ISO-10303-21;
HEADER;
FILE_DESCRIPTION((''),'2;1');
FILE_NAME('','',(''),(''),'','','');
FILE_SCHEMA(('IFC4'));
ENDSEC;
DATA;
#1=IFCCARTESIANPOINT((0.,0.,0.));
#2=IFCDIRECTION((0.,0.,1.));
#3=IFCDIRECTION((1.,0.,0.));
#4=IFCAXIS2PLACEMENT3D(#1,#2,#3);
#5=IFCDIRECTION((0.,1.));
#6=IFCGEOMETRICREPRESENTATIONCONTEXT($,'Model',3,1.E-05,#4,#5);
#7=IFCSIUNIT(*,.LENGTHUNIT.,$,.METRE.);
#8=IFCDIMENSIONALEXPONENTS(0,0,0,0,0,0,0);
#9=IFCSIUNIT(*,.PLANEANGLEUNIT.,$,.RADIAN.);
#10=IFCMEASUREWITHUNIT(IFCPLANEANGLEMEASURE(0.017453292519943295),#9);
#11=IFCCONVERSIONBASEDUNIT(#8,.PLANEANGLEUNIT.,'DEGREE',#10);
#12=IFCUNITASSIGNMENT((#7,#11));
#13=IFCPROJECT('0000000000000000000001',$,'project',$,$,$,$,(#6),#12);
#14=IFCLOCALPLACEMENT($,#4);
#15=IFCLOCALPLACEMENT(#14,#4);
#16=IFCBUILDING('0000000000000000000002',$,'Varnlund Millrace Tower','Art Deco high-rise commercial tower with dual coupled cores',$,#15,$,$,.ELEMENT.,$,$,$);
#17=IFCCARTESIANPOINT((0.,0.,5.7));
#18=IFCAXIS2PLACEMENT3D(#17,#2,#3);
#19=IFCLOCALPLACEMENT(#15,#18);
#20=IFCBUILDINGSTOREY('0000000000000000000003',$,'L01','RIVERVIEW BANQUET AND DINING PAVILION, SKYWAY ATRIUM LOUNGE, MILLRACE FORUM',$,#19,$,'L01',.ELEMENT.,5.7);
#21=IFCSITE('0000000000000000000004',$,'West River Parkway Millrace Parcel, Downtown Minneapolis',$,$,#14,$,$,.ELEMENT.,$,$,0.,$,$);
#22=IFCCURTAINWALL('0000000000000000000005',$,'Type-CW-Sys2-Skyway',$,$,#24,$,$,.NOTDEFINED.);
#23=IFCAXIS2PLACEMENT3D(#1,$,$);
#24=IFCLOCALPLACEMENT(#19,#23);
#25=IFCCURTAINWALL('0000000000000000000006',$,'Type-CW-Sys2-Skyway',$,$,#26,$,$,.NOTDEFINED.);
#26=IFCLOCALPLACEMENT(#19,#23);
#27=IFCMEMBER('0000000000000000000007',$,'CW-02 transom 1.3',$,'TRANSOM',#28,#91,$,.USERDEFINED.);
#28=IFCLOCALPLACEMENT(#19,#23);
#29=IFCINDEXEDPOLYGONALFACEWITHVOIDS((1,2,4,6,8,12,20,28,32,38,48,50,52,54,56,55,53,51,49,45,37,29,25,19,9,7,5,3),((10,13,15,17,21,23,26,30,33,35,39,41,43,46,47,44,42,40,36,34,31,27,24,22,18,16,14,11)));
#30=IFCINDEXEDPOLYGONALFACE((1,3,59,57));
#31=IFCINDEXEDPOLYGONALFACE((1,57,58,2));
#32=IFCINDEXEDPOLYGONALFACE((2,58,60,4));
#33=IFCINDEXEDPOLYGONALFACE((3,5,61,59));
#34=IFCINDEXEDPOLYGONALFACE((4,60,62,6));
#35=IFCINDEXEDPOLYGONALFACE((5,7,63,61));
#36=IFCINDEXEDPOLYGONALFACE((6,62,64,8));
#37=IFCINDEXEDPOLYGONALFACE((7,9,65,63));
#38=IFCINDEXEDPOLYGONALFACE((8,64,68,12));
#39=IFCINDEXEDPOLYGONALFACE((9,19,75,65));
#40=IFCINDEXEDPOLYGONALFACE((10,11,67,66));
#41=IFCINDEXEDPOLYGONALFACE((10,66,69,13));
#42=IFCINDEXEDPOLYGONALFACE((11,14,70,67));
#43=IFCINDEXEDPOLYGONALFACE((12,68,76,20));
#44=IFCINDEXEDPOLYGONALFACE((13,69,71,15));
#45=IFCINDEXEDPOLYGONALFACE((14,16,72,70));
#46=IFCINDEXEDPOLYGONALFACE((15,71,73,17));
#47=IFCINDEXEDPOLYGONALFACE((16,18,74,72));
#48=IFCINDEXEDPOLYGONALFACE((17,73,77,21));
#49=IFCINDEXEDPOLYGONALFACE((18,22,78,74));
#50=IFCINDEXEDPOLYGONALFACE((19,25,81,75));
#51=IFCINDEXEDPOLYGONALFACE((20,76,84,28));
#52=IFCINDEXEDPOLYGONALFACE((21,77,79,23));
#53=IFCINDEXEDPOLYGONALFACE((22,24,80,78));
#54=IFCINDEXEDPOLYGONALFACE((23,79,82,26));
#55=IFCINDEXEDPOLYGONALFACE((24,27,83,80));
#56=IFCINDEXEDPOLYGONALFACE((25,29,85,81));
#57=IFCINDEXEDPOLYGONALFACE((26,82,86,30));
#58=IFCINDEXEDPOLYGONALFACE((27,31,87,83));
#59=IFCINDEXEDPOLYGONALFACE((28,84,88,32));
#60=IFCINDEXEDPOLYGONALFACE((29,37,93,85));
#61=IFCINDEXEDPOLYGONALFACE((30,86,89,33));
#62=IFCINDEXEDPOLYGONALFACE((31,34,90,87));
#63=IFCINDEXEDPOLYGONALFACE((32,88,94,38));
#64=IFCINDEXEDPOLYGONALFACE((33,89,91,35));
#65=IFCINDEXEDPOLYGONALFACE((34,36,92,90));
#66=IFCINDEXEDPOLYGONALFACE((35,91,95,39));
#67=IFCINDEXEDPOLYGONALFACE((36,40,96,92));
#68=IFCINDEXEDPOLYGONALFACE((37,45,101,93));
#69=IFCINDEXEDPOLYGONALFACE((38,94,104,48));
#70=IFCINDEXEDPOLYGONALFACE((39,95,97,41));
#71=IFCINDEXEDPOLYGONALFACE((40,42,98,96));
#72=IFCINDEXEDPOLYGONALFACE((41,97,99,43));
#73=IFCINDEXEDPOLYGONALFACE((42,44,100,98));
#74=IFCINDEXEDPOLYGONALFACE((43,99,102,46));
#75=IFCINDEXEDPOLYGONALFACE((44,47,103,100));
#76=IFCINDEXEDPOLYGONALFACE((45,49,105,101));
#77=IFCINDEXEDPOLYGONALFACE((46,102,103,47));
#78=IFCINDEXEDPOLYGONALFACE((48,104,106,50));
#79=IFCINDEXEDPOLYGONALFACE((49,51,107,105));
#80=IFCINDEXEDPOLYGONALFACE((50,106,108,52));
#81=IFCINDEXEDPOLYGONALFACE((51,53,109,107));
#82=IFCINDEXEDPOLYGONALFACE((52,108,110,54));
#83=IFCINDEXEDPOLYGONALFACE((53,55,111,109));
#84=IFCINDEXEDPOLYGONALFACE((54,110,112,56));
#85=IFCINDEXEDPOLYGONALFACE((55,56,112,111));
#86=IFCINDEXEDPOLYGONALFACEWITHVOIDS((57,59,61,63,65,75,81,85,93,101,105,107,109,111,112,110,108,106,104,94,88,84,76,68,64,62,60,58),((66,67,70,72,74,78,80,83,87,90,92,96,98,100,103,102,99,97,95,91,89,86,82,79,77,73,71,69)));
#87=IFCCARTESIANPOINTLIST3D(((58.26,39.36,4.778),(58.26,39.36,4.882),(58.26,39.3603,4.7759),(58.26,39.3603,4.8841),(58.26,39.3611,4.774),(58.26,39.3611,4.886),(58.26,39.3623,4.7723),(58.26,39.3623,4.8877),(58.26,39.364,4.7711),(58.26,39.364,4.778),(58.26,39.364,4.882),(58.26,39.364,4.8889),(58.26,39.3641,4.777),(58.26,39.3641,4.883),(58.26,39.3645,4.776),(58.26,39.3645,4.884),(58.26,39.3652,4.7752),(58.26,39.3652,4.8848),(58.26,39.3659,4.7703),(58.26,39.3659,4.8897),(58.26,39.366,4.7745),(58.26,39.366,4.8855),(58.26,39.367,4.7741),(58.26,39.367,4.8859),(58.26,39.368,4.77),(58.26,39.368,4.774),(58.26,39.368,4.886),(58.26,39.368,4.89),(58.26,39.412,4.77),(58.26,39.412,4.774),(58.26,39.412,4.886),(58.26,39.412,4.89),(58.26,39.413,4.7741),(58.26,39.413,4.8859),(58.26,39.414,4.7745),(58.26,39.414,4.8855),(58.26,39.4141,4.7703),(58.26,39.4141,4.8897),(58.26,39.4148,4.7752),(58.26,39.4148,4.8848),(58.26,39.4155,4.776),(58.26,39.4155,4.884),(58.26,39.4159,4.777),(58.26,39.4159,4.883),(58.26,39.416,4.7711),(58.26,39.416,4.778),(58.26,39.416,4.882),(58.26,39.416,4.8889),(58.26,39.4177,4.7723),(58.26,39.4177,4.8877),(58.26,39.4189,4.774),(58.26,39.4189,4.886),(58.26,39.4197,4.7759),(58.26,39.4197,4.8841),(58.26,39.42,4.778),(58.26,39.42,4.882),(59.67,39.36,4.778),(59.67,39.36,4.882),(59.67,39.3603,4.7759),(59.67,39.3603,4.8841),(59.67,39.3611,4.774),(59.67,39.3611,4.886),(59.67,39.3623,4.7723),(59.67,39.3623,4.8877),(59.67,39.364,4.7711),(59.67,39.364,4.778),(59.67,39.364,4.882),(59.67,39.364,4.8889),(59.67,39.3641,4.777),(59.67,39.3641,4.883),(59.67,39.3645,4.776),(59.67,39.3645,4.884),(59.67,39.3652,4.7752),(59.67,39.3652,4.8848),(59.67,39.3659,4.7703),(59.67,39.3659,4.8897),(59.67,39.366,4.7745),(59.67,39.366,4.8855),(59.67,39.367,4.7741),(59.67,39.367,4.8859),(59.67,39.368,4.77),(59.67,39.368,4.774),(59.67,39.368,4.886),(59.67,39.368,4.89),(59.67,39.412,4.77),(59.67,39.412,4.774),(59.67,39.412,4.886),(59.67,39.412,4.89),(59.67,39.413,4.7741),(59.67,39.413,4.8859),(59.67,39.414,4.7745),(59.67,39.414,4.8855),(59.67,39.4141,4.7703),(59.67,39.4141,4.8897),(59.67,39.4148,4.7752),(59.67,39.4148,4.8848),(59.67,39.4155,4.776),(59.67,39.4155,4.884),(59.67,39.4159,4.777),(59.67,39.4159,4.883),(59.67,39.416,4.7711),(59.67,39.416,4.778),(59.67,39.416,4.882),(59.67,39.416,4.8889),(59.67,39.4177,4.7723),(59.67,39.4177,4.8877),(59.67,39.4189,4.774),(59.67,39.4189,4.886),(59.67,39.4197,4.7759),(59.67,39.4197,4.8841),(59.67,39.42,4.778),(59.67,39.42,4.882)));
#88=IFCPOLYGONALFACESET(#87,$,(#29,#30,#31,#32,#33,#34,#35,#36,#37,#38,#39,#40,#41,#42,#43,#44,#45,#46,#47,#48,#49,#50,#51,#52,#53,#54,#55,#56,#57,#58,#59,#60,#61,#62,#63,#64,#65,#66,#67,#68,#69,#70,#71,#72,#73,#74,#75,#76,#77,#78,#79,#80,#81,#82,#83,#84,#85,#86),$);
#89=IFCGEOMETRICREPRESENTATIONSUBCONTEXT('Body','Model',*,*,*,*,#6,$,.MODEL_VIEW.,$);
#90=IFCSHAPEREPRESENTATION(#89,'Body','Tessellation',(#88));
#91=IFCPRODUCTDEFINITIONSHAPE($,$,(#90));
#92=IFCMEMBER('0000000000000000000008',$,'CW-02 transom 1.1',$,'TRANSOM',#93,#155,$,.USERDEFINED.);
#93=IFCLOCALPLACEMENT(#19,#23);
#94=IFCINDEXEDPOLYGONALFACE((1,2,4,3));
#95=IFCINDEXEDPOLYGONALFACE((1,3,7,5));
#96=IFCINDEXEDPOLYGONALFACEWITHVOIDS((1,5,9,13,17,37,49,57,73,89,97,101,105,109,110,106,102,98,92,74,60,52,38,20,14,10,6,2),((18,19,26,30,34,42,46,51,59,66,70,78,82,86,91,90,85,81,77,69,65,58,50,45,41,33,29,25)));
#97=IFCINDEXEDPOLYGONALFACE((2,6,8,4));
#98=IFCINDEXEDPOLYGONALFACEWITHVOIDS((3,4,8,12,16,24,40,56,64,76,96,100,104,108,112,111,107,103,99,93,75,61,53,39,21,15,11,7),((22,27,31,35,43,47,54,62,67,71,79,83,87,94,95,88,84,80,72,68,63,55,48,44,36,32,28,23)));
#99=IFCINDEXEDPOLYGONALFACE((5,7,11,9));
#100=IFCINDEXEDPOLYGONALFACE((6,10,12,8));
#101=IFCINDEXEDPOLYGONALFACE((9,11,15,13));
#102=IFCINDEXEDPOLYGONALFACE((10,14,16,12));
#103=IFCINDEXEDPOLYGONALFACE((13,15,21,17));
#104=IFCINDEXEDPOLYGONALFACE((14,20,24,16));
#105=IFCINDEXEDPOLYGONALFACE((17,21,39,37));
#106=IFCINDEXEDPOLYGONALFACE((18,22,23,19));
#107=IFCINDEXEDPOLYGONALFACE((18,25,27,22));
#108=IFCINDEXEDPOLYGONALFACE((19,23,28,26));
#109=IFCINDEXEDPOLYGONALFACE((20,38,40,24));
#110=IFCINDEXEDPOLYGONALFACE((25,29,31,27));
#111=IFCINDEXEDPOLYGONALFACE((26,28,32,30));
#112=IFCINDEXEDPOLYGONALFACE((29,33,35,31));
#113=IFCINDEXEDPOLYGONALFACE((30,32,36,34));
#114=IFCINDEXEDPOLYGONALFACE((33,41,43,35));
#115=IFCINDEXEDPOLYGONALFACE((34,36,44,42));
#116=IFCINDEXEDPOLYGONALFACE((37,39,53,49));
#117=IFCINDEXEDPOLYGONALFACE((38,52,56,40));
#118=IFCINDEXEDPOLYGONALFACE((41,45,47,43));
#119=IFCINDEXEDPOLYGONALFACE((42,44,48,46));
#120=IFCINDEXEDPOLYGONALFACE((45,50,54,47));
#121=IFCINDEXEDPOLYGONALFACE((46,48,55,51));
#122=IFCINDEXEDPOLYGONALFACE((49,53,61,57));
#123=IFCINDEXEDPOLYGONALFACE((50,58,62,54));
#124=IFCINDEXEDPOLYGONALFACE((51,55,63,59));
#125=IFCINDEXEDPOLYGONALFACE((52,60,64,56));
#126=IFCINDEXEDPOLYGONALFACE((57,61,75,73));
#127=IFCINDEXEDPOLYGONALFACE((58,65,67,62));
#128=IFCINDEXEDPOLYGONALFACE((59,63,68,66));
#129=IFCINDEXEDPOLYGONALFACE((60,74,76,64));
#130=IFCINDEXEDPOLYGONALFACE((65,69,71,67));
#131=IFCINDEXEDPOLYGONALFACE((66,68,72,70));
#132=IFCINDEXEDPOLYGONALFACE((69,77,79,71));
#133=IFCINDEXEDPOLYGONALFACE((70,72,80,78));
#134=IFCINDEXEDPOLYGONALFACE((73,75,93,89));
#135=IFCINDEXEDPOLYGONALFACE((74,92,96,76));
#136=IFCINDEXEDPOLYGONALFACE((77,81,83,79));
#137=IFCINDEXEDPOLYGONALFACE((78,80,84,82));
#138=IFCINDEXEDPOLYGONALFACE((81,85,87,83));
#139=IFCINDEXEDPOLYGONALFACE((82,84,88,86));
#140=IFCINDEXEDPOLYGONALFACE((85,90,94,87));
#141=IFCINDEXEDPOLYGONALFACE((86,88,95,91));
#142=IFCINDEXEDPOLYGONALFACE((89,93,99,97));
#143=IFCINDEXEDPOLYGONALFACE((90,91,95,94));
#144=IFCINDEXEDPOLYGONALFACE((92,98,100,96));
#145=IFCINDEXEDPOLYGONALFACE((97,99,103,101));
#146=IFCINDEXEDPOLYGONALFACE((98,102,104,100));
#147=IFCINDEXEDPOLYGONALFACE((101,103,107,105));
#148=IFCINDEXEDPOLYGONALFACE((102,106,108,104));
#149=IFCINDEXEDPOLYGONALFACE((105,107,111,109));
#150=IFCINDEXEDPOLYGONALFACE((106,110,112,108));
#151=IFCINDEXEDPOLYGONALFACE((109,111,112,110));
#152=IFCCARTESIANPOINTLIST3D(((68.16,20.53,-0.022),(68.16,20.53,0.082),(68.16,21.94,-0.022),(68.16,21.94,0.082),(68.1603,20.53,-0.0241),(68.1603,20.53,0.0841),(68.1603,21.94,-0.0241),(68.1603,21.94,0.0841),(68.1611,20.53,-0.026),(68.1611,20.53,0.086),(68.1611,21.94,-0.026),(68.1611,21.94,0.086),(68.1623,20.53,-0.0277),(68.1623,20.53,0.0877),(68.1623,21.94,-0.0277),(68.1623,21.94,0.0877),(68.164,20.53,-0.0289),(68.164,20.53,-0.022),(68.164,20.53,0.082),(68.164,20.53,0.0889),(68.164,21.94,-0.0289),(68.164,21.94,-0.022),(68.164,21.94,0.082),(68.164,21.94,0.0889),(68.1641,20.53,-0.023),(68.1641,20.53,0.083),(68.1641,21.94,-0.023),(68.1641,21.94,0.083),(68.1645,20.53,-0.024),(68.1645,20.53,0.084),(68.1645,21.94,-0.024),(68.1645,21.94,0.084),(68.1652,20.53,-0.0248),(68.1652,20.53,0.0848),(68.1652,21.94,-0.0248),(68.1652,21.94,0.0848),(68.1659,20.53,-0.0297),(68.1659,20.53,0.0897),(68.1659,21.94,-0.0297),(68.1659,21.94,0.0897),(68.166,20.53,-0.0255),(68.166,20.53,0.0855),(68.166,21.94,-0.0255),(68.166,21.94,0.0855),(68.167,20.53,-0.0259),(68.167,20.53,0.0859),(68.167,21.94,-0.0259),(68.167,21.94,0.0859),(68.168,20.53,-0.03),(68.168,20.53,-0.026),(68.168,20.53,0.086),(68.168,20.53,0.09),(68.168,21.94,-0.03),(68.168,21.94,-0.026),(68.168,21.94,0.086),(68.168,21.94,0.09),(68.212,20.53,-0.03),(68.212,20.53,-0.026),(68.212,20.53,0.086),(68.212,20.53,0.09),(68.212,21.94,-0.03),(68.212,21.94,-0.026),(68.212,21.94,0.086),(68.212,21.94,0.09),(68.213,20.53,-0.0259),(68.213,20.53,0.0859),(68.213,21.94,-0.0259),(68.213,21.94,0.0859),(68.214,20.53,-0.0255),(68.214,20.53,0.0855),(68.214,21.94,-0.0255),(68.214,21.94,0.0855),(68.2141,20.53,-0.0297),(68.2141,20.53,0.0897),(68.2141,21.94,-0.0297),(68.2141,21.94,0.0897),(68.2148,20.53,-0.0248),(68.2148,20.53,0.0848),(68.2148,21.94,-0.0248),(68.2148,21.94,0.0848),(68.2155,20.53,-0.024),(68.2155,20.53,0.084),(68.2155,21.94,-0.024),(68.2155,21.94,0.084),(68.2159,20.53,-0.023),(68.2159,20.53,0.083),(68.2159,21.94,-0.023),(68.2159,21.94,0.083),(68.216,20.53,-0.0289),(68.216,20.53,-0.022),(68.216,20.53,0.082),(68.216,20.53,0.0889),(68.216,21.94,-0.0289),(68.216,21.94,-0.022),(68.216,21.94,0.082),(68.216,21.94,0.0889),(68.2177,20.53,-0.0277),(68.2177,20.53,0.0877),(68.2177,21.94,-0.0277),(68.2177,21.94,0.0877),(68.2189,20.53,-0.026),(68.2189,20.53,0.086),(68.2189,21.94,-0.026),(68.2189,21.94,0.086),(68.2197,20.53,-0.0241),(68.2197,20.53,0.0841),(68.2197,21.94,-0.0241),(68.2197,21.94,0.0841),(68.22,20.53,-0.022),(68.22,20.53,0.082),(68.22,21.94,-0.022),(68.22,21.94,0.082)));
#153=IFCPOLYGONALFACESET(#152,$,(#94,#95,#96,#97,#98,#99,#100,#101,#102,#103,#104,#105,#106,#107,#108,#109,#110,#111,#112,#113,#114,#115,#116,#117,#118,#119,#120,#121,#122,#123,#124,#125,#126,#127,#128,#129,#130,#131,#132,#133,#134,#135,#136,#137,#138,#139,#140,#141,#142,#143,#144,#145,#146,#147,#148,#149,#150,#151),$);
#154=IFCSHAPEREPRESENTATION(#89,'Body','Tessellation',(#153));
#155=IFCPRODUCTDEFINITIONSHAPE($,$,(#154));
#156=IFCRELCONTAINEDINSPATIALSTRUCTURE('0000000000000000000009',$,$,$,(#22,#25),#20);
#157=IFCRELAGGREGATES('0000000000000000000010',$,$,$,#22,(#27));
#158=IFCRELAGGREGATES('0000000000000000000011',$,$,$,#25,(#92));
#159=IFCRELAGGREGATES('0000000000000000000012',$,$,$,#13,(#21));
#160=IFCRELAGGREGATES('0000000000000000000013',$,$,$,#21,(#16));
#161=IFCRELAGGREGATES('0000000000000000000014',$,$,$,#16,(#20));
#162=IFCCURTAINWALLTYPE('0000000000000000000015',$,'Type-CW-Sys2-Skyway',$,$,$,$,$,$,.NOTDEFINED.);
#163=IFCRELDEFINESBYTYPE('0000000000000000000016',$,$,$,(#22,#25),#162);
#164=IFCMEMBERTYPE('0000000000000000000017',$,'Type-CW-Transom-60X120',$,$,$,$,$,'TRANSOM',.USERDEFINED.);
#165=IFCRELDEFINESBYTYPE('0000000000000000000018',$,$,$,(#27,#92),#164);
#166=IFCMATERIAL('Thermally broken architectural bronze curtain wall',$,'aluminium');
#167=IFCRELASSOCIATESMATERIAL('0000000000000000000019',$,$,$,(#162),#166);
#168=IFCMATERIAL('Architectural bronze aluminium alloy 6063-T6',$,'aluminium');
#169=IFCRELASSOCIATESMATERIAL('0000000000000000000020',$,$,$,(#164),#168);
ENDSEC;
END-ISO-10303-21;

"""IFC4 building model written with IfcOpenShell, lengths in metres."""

from ifc_helpers import new_model, entity, si_unit, converted_unit, direction, frame, origin_with_axes, origin_2d_with_axis, place, context, subcontext, project, spatial, hollow_rectangle, extrude, material, material_profile, profile_set, type_object, element, aggregate, save


model = new_model("IFC4")

# Units and contexts
model_context = context("Model", 3, precision=1e-05, world=origin_with_axes(), true_north=direction((0.0, 1.0)))
body_context = subcontext(model_context, "Body", "Model", "MODEL_VIEW")
ifc_project = project(units=[si_unit("LENGTHUNIT", "METRE"), converted_unit("PLANEANGLEUNIT", "DEGREE", entity("IfcPlaneAngleMeasure", 0.017453292519943295), si_unit("PLANEANGLEUNIT", "RADIAN"), dimensions=[0, 0, 0, 0, 0, 0, 0])], contexts=[model_context])

# Site, building, storey
site_placement = place(None, origin_with_axes())
site = spatial("IfcSite", under=ifc_project, at=site_placement, Name="West River Parkway Millrace Parcel, Downtown Minneapolis", CompositionType="ELEMENT", RefElevation=0.0)
building_placement = place(site_placement, origin_with_axes())
building = spatial("IfcBuilding", under=site, at=building_placement, Name="Varnlund Millrace Tower", Description="Art Deco high-rise commercial tower with dual coupled cores", CompositionType="ELEMENT")
storey_placement = place(building_placement, frame((0.0, 0.0, 5.7), z_axis=(0.0, 0.0, 1.0), x_axis=(1.0, 0.0, 0.0)))
storey = spatial("IfcBuildingStorey", under=building, at=storey_placement, Name="L01", Description="RIVERVIEW BANQUET AND DINING PAVILION, SKYWAY ATRIUM LOUNGE, MILLRACE FORUM", LongName="L01", CompositionType="ELEMENT", Elevation=5.7)

# Curtain wall
ifc_material_1 = material(Name="Thermally broken architectural bronze curtain wall", Category="aluminium")
curtain_wall_type = type_object("IfcCurtainWallType", Name="Type-CW-Sys2-Skyway", PredefinedType="NOTDEFINED", material=ifc_material_1)
curtain_wall_1_placement = place(storey_placement, frame((58.2, 39.39, 0.0), z_axis=(0.0, 0.0, 1.0), x_axis=(1.0, 0.0, 0.0)))
curtain_wall_1 = element("IfcCurtainWall", 1, at=curtain_wall_1_placement, inside=storey, type_object=curtain_wall_type, Name="Type-CW-Sys2-Skyway", PredefinedType="NOTDEFINED")
ifc_material_2 = material(Name="Architectural bronze aluminium alloy 6063-T6", Category="aluminium")

# Curtain wall
curtain_wall_2_placement = place(storey_placement, frame((68.19, 22.0, 0.0), z_axis=(0.0, 0.0, 1.0), x_axis=(1.0, 0.0, 0.0)))
curtain_wall_2 = element("IfcCurtainWall", 2, at=curtain_wall_2_placement, inside=storey, type_object=curtain_wall_type, Name="Type-CW-Sys2-Skyway", PredefinedType="NOTDEFINED")

# Members
ifc_material_profile_1 = material_profile(ifc_material_2, hollow_rectangle(XDim=0.06, YDim=0.12, WallThickness=0.004, InnerFilletRadius=0.004, OuterFilletRadius=0.008, at=origin_2d_with_axis()), Name="Architectural bronze aluminium alloy 6063-T6")
ifc_profile_set_1 = profile_set([ifc_material_profile_1], Name="Architectural bronze aluminium alloy 6063-T6")
member_type_1 = type_object("IfcMemberType", Name="Type-CW-Transom-60X120", ElementType="TRANSOM", PredefinedType="USERDEFINED", material=ifc_profile_set_1)
member_1_placement = place(storey_placement, frame((58.26, 39.39, 4.83), z_axis=(1.0, 0.0, 0.0), x_axis=(0.0, 1.0, 0.0)))
member_1 = element("IfcMember", 3, at=member_1_placement, type_object=member_type_1, Name="CW-02 transom 1.3", ObjectType="TRANSOM", PredefinedType="USERDEFINED", context=body_context, shape_type="SweptSolid", body=[
    extrude(hollow_rectangle(XDim=0.06, YDim=0.12, WallThickness=0.004, InnerFilletRadius=0.004, OuterFilletRadius=0.008, at=origin_2d_with_axis()), origin_with_axes(), (0.0, 0.0, 1.0), 1.41),
])
member_2_placement = place(storey_placement, frame((68.19, 21.94, 0.03), z_axis=(0.0, -1.0, 0.0), x_axis=(1.0, 0.0, 0.0)))
member_2 = element("IfcMember", 4, at=member_2_placement, type_object=member_type_1, Name="CW-02 transom 1.1", ObjectType="TRANSOM", PredefinedType="USERDEFINED", context=body_context, shape_type="SweptSolid", body=[
    extrude(hollow_rectangle(XDim=0.06, YDim=0.12, WallThickness=0.004, InnerFilletRadius=0.004, OuterFilletRadius=0.008, at=origin_2d_with_axis()), origin_with_axes(), (0.0, 0.0, 1.0), 1.41),
])

aggregate(curtain_wall_1, [member_1])
aggregate(curtain_wall_2, [member_2])

save(model, "model.ifc")
